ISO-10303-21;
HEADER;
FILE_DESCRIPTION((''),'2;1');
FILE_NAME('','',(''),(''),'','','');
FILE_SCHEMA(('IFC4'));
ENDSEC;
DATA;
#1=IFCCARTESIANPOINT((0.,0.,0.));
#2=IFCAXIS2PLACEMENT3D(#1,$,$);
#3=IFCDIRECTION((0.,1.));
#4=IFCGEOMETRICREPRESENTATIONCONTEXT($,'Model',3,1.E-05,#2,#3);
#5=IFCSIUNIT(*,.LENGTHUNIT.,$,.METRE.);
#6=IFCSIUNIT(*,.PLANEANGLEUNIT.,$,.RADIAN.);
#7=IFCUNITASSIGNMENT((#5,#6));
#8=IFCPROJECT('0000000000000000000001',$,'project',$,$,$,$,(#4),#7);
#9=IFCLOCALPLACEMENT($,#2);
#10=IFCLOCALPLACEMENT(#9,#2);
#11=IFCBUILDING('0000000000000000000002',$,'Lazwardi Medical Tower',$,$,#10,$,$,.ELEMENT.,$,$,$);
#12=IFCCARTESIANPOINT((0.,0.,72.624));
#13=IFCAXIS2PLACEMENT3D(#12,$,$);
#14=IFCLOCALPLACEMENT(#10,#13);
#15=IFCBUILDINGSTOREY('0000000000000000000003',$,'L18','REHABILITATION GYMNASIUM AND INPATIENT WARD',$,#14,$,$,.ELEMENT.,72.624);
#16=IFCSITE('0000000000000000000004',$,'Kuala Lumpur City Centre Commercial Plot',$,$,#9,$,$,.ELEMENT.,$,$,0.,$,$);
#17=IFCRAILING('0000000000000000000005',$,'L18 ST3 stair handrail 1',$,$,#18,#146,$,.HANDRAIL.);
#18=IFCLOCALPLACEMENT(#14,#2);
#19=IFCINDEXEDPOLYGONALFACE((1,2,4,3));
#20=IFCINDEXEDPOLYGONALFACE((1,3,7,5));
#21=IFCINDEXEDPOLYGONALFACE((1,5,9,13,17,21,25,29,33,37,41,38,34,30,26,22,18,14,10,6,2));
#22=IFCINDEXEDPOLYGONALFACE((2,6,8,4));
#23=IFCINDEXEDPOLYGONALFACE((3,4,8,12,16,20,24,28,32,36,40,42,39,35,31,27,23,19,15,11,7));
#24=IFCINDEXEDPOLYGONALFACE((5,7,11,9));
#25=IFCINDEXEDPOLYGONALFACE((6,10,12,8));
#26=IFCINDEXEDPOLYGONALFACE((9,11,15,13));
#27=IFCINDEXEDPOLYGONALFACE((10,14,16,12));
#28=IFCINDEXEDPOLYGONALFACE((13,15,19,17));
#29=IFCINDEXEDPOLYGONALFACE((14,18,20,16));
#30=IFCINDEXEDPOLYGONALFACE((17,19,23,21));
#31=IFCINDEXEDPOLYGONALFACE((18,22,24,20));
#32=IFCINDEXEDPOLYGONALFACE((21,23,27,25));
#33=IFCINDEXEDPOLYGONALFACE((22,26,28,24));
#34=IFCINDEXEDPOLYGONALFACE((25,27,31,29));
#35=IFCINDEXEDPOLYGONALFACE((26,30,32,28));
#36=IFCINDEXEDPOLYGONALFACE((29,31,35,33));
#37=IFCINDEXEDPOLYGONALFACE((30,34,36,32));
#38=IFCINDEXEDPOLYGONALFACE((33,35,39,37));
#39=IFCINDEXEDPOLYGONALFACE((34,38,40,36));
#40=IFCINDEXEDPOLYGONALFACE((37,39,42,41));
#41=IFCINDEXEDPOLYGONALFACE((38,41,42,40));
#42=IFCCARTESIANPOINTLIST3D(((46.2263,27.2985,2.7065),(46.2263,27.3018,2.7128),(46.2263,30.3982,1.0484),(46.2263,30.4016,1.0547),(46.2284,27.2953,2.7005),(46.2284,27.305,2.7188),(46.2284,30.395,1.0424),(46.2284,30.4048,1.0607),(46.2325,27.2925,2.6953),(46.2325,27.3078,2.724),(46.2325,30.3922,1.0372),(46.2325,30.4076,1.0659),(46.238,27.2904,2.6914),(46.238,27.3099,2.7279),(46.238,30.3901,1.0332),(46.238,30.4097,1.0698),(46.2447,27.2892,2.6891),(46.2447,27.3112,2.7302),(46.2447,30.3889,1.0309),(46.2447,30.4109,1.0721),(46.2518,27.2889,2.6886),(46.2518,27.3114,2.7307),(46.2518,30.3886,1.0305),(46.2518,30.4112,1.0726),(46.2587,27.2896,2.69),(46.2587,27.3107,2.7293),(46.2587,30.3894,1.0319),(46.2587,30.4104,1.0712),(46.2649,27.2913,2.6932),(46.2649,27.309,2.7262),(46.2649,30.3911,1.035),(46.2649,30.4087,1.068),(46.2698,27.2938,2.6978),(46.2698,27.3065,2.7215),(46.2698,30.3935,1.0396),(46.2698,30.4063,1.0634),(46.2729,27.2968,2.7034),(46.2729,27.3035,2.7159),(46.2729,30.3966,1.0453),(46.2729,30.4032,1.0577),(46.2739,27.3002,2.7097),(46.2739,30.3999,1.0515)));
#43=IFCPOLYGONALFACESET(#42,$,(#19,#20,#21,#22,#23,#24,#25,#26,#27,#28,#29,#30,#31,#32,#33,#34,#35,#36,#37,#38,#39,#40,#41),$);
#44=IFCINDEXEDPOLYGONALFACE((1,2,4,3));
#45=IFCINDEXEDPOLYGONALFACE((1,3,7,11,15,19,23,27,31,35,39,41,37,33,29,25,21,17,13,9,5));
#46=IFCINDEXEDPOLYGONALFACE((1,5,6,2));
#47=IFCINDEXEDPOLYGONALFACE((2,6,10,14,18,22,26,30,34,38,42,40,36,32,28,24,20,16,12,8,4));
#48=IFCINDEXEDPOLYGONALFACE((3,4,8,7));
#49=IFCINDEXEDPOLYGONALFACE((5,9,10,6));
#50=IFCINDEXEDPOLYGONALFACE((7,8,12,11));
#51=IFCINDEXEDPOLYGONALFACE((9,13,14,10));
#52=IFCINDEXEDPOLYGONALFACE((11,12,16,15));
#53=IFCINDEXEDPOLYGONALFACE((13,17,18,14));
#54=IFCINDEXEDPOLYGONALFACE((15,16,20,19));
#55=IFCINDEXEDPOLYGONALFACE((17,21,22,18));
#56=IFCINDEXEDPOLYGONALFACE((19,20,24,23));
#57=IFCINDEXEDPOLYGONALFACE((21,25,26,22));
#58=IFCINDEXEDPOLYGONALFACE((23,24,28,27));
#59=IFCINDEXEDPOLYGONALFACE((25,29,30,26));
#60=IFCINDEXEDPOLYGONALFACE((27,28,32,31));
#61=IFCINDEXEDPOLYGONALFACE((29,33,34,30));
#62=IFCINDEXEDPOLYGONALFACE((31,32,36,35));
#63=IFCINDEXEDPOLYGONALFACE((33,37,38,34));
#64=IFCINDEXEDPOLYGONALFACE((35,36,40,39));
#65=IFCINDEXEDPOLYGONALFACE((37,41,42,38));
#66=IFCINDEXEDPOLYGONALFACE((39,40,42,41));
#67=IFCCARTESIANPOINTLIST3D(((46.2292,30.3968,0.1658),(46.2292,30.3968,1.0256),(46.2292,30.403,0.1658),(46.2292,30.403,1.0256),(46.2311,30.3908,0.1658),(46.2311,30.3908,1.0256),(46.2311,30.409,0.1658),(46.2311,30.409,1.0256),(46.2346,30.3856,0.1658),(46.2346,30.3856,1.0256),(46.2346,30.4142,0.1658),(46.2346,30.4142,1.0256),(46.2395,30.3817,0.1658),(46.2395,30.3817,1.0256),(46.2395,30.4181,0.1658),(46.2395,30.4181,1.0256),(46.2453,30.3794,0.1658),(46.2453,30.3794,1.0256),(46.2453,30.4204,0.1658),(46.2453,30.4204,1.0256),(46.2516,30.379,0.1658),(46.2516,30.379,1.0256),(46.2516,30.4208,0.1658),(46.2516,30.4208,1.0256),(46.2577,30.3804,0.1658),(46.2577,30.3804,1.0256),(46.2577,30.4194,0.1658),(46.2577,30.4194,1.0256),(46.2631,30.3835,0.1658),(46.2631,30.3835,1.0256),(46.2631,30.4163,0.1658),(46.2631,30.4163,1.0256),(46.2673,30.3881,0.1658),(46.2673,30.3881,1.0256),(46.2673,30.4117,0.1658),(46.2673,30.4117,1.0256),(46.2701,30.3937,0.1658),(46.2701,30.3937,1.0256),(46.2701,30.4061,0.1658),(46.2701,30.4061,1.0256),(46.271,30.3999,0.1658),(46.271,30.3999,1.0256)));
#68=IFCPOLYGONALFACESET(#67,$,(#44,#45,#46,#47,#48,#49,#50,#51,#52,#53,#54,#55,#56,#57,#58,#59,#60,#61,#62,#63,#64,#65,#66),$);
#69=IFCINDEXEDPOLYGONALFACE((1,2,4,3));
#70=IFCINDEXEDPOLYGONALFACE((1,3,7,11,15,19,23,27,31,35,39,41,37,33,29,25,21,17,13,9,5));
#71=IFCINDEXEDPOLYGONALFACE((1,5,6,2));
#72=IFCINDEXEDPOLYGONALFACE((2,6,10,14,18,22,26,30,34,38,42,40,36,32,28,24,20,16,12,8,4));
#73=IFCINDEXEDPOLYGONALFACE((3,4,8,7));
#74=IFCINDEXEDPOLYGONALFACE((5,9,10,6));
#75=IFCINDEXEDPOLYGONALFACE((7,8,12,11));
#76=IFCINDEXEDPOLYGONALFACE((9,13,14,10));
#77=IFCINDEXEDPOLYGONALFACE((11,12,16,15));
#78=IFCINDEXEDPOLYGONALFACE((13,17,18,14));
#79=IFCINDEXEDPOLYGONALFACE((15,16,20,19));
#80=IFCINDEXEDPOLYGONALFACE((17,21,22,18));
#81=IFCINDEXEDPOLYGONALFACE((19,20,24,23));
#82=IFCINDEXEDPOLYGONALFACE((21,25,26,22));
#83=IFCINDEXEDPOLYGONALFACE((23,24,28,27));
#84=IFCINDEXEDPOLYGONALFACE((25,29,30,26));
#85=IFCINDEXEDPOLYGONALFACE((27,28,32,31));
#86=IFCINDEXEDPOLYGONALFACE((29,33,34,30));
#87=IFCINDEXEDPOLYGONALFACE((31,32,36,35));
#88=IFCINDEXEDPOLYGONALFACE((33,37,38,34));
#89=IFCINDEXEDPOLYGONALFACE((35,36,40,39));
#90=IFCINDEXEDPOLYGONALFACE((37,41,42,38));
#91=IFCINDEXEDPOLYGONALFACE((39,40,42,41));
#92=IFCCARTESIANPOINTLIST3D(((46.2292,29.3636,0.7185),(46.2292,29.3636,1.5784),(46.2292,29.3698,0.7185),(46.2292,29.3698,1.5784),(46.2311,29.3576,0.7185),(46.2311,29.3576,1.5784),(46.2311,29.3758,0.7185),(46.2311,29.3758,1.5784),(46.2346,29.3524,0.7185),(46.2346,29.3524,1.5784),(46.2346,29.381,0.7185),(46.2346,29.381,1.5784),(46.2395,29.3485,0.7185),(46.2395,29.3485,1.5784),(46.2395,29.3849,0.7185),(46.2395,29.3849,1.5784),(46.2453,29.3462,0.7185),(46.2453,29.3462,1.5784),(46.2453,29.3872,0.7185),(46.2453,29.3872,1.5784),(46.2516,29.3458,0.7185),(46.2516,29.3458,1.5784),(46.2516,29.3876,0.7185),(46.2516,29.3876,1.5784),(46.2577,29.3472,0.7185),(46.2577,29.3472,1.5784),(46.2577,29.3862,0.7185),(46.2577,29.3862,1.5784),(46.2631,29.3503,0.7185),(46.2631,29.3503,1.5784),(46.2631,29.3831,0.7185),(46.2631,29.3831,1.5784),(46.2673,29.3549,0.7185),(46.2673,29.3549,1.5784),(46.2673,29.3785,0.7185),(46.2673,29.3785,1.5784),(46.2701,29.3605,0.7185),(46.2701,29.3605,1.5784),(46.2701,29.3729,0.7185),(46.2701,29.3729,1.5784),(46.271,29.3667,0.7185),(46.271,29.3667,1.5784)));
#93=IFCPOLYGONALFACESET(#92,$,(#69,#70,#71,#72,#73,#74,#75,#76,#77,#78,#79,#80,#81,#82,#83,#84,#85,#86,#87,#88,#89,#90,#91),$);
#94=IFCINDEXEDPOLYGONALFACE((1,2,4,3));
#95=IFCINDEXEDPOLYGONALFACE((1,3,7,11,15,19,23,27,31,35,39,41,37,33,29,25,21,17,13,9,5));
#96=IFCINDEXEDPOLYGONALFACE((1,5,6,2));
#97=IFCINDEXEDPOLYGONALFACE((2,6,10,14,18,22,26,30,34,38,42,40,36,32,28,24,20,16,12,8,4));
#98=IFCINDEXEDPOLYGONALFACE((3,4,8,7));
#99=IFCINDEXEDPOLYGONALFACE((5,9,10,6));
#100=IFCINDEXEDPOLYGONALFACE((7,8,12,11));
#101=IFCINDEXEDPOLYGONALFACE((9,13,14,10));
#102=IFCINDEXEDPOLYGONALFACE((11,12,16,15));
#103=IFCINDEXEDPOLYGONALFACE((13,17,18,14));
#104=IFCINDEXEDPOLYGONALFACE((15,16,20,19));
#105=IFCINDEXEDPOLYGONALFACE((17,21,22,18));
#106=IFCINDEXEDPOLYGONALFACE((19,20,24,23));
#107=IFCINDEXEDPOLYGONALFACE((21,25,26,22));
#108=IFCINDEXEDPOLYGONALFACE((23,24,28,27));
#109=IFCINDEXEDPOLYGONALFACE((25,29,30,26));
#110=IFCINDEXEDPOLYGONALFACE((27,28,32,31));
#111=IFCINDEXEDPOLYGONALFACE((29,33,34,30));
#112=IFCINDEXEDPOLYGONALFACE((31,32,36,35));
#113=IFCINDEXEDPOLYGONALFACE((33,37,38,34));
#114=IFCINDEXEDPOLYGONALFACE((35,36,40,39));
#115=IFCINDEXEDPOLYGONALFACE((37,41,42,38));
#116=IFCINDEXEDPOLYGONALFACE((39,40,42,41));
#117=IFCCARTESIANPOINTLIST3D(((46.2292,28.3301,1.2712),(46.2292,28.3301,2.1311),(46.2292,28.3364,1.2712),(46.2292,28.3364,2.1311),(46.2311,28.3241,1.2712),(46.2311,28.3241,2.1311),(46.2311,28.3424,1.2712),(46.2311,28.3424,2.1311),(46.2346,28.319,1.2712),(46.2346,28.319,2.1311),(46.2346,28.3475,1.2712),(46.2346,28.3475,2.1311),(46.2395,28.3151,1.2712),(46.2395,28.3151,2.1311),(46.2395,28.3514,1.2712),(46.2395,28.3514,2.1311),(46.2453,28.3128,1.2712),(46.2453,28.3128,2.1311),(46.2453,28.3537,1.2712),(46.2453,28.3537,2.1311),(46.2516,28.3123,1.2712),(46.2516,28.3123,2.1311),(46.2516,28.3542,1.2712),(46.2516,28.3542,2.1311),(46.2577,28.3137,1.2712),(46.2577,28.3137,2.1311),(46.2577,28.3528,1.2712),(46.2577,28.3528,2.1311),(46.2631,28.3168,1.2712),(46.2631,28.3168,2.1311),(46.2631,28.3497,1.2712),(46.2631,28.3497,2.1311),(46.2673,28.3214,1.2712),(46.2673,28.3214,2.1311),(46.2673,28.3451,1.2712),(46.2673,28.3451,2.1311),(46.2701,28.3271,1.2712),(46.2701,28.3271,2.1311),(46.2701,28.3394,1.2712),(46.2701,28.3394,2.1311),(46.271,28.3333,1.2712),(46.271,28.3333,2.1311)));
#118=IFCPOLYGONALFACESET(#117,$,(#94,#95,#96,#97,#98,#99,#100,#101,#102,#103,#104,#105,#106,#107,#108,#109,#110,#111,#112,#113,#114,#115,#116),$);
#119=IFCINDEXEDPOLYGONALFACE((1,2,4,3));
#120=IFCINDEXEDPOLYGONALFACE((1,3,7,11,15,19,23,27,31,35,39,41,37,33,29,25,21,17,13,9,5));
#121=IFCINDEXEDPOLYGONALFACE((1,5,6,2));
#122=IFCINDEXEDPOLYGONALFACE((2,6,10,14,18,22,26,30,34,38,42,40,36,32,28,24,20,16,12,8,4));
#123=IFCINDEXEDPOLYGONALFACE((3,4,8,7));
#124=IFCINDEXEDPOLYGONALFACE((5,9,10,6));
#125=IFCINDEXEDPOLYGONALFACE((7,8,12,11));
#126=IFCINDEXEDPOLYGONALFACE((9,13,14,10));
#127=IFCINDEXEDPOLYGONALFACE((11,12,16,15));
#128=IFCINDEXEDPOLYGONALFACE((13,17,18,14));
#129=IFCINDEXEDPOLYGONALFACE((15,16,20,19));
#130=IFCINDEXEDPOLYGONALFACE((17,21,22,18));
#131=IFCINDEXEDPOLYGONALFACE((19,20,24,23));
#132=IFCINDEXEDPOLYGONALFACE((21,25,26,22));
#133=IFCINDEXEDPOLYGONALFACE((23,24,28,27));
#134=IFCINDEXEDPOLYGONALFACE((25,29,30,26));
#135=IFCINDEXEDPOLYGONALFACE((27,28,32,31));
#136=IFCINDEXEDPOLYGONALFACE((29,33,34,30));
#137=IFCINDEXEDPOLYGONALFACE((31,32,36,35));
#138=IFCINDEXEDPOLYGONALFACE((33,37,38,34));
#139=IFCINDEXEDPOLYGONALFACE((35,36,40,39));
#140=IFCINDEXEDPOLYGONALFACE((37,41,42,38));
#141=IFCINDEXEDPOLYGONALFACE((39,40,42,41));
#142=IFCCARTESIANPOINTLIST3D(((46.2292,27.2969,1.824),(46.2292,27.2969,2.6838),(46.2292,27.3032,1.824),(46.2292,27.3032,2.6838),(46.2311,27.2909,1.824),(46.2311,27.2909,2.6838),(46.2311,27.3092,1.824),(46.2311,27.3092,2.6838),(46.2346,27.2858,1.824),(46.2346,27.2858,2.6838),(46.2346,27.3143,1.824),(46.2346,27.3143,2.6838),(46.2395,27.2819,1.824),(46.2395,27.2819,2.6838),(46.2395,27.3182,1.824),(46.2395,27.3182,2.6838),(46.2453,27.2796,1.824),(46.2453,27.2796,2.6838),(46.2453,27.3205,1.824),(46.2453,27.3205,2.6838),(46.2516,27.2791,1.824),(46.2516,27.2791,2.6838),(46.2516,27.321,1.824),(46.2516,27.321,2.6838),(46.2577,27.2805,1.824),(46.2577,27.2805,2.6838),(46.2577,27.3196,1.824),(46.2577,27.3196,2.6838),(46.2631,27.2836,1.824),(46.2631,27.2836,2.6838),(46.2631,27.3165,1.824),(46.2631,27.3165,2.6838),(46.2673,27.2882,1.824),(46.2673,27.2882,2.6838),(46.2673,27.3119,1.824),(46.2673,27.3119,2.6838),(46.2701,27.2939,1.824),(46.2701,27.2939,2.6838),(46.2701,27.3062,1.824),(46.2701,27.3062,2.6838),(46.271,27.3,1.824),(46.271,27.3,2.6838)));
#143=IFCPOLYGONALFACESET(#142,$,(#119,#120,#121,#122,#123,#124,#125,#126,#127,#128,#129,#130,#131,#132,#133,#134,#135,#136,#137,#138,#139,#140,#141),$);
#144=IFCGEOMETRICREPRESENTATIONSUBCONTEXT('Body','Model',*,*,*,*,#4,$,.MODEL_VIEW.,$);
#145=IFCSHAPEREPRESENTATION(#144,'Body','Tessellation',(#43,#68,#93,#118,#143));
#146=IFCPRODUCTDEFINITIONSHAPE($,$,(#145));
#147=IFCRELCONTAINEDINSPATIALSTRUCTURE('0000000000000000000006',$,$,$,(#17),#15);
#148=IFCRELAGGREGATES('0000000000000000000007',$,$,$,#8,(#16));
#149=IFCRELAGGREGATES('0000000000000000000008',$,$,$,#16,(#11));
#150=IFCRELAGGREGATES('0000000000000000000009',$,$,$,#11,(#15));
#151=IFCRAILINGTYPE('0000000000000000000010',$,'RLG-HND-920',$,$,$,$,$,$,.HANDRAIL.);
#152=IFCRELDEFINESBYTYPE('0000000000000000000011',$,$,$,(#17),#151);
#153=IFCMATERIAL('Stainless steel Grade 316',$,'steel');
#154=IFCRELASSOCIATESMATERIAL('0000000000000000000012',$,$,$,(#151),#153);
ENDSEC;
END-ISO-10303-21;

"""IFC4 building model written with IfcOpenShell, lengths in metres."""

from ifc_helpers import new_model, si_unit, direction, frame, origin, origin_2d, place, context, subcontext, project, spatial, circle, extrude, material, type_object, element, save


model = new_model("IFC4")

# Units and contexts
model_context = context("Model", 3, precision=1e-05, world=origin(), true_north=direction((0.0, 1.0)))
body_context = subcontext(model_context, "Body", "Model", "MODEL_VIEW")
ifc_project = project(units=[si_unit("LENGTHUNIT", "METRE"), si_unit("PLANEANGLEUNIT", "RADIAN")], contexts=[model_context])

# Site, building, storey
site_placement = place(None, origin())
site = spatial("IfcSite", under=ifc_project, at=site_placement, Name="Kuala Lumpur City Centre Commercial Plot", CompositionType="ELEMENT", RefElevation=0.0)
building_placement = place(site_placement, origin())
building = spatial("IfcBuilding", under=site, at=building_placement, Name="Lazwardi Medical Tower", CompositionType="ELEMENT")
storey_placement = place(building_placement, frame((0.0, 0.0, 72.624)))
storey = spatial("IfcBuildingStorey", under=building, at=storey_placement, Name="L18", Description="REHABILITATION GYMNASIUM AND INPATIENT WARD", CompositionType="ELEMENT", Elevation=72.624)

# Railing
ifc_material_1 = material(Name="Stainless steel Grade 316", Category="steel")
railing_type_1 = type_object("IfcRailingType", Name="RLG-HND-920", PredefinedType="HANDRAIL", material=ifc_material_1)
railing_1_placement = place(storey_placement, frame((46.25, 30.3999, 0.1658)))
element("IfcRailing", 1, at=railing_1_placement, inside=storey, type_object=railing_type_1, Name="L18 ST3 stair handrail 1", PredefinedType="HANDRAIL", context=body_context, shape_type="SweptSolid", body=[
    extrude(circle(Radius=0.0239, at=origin_2d()), frame((0.0, 0.0, 0.8857), z_axis=(0.0, -0.881768, 0.471684), x_axis=(1.0, 0.0, 0.0)), (0.0, 0.0, 1.0), 3.5154),
    extrude(circle(Radius=0.021, at=origin_2d()), origin(), (0.0, 0.0, 1.0), 0.8599),
    extrude(circle(Radius=0.021, at=origin_2d()), frame((0.0, -1.0332, 0.5527)), (0.0, 0.0, 1.0), 0.8599),
    extrude(circle(Radius=0.021, at=origin_2d()), frame((0.0, -2.0667, 1.1055)), (0.0, 0.0, 1.0), 0.8599),
    extrude(circle(Radius=0.021, at=origin_2d()), frame((0.0, -3.0999, 1.6582)), (0.0, 0.0, 1.0), 0.8599),
])

save(model, "model.ifc")
